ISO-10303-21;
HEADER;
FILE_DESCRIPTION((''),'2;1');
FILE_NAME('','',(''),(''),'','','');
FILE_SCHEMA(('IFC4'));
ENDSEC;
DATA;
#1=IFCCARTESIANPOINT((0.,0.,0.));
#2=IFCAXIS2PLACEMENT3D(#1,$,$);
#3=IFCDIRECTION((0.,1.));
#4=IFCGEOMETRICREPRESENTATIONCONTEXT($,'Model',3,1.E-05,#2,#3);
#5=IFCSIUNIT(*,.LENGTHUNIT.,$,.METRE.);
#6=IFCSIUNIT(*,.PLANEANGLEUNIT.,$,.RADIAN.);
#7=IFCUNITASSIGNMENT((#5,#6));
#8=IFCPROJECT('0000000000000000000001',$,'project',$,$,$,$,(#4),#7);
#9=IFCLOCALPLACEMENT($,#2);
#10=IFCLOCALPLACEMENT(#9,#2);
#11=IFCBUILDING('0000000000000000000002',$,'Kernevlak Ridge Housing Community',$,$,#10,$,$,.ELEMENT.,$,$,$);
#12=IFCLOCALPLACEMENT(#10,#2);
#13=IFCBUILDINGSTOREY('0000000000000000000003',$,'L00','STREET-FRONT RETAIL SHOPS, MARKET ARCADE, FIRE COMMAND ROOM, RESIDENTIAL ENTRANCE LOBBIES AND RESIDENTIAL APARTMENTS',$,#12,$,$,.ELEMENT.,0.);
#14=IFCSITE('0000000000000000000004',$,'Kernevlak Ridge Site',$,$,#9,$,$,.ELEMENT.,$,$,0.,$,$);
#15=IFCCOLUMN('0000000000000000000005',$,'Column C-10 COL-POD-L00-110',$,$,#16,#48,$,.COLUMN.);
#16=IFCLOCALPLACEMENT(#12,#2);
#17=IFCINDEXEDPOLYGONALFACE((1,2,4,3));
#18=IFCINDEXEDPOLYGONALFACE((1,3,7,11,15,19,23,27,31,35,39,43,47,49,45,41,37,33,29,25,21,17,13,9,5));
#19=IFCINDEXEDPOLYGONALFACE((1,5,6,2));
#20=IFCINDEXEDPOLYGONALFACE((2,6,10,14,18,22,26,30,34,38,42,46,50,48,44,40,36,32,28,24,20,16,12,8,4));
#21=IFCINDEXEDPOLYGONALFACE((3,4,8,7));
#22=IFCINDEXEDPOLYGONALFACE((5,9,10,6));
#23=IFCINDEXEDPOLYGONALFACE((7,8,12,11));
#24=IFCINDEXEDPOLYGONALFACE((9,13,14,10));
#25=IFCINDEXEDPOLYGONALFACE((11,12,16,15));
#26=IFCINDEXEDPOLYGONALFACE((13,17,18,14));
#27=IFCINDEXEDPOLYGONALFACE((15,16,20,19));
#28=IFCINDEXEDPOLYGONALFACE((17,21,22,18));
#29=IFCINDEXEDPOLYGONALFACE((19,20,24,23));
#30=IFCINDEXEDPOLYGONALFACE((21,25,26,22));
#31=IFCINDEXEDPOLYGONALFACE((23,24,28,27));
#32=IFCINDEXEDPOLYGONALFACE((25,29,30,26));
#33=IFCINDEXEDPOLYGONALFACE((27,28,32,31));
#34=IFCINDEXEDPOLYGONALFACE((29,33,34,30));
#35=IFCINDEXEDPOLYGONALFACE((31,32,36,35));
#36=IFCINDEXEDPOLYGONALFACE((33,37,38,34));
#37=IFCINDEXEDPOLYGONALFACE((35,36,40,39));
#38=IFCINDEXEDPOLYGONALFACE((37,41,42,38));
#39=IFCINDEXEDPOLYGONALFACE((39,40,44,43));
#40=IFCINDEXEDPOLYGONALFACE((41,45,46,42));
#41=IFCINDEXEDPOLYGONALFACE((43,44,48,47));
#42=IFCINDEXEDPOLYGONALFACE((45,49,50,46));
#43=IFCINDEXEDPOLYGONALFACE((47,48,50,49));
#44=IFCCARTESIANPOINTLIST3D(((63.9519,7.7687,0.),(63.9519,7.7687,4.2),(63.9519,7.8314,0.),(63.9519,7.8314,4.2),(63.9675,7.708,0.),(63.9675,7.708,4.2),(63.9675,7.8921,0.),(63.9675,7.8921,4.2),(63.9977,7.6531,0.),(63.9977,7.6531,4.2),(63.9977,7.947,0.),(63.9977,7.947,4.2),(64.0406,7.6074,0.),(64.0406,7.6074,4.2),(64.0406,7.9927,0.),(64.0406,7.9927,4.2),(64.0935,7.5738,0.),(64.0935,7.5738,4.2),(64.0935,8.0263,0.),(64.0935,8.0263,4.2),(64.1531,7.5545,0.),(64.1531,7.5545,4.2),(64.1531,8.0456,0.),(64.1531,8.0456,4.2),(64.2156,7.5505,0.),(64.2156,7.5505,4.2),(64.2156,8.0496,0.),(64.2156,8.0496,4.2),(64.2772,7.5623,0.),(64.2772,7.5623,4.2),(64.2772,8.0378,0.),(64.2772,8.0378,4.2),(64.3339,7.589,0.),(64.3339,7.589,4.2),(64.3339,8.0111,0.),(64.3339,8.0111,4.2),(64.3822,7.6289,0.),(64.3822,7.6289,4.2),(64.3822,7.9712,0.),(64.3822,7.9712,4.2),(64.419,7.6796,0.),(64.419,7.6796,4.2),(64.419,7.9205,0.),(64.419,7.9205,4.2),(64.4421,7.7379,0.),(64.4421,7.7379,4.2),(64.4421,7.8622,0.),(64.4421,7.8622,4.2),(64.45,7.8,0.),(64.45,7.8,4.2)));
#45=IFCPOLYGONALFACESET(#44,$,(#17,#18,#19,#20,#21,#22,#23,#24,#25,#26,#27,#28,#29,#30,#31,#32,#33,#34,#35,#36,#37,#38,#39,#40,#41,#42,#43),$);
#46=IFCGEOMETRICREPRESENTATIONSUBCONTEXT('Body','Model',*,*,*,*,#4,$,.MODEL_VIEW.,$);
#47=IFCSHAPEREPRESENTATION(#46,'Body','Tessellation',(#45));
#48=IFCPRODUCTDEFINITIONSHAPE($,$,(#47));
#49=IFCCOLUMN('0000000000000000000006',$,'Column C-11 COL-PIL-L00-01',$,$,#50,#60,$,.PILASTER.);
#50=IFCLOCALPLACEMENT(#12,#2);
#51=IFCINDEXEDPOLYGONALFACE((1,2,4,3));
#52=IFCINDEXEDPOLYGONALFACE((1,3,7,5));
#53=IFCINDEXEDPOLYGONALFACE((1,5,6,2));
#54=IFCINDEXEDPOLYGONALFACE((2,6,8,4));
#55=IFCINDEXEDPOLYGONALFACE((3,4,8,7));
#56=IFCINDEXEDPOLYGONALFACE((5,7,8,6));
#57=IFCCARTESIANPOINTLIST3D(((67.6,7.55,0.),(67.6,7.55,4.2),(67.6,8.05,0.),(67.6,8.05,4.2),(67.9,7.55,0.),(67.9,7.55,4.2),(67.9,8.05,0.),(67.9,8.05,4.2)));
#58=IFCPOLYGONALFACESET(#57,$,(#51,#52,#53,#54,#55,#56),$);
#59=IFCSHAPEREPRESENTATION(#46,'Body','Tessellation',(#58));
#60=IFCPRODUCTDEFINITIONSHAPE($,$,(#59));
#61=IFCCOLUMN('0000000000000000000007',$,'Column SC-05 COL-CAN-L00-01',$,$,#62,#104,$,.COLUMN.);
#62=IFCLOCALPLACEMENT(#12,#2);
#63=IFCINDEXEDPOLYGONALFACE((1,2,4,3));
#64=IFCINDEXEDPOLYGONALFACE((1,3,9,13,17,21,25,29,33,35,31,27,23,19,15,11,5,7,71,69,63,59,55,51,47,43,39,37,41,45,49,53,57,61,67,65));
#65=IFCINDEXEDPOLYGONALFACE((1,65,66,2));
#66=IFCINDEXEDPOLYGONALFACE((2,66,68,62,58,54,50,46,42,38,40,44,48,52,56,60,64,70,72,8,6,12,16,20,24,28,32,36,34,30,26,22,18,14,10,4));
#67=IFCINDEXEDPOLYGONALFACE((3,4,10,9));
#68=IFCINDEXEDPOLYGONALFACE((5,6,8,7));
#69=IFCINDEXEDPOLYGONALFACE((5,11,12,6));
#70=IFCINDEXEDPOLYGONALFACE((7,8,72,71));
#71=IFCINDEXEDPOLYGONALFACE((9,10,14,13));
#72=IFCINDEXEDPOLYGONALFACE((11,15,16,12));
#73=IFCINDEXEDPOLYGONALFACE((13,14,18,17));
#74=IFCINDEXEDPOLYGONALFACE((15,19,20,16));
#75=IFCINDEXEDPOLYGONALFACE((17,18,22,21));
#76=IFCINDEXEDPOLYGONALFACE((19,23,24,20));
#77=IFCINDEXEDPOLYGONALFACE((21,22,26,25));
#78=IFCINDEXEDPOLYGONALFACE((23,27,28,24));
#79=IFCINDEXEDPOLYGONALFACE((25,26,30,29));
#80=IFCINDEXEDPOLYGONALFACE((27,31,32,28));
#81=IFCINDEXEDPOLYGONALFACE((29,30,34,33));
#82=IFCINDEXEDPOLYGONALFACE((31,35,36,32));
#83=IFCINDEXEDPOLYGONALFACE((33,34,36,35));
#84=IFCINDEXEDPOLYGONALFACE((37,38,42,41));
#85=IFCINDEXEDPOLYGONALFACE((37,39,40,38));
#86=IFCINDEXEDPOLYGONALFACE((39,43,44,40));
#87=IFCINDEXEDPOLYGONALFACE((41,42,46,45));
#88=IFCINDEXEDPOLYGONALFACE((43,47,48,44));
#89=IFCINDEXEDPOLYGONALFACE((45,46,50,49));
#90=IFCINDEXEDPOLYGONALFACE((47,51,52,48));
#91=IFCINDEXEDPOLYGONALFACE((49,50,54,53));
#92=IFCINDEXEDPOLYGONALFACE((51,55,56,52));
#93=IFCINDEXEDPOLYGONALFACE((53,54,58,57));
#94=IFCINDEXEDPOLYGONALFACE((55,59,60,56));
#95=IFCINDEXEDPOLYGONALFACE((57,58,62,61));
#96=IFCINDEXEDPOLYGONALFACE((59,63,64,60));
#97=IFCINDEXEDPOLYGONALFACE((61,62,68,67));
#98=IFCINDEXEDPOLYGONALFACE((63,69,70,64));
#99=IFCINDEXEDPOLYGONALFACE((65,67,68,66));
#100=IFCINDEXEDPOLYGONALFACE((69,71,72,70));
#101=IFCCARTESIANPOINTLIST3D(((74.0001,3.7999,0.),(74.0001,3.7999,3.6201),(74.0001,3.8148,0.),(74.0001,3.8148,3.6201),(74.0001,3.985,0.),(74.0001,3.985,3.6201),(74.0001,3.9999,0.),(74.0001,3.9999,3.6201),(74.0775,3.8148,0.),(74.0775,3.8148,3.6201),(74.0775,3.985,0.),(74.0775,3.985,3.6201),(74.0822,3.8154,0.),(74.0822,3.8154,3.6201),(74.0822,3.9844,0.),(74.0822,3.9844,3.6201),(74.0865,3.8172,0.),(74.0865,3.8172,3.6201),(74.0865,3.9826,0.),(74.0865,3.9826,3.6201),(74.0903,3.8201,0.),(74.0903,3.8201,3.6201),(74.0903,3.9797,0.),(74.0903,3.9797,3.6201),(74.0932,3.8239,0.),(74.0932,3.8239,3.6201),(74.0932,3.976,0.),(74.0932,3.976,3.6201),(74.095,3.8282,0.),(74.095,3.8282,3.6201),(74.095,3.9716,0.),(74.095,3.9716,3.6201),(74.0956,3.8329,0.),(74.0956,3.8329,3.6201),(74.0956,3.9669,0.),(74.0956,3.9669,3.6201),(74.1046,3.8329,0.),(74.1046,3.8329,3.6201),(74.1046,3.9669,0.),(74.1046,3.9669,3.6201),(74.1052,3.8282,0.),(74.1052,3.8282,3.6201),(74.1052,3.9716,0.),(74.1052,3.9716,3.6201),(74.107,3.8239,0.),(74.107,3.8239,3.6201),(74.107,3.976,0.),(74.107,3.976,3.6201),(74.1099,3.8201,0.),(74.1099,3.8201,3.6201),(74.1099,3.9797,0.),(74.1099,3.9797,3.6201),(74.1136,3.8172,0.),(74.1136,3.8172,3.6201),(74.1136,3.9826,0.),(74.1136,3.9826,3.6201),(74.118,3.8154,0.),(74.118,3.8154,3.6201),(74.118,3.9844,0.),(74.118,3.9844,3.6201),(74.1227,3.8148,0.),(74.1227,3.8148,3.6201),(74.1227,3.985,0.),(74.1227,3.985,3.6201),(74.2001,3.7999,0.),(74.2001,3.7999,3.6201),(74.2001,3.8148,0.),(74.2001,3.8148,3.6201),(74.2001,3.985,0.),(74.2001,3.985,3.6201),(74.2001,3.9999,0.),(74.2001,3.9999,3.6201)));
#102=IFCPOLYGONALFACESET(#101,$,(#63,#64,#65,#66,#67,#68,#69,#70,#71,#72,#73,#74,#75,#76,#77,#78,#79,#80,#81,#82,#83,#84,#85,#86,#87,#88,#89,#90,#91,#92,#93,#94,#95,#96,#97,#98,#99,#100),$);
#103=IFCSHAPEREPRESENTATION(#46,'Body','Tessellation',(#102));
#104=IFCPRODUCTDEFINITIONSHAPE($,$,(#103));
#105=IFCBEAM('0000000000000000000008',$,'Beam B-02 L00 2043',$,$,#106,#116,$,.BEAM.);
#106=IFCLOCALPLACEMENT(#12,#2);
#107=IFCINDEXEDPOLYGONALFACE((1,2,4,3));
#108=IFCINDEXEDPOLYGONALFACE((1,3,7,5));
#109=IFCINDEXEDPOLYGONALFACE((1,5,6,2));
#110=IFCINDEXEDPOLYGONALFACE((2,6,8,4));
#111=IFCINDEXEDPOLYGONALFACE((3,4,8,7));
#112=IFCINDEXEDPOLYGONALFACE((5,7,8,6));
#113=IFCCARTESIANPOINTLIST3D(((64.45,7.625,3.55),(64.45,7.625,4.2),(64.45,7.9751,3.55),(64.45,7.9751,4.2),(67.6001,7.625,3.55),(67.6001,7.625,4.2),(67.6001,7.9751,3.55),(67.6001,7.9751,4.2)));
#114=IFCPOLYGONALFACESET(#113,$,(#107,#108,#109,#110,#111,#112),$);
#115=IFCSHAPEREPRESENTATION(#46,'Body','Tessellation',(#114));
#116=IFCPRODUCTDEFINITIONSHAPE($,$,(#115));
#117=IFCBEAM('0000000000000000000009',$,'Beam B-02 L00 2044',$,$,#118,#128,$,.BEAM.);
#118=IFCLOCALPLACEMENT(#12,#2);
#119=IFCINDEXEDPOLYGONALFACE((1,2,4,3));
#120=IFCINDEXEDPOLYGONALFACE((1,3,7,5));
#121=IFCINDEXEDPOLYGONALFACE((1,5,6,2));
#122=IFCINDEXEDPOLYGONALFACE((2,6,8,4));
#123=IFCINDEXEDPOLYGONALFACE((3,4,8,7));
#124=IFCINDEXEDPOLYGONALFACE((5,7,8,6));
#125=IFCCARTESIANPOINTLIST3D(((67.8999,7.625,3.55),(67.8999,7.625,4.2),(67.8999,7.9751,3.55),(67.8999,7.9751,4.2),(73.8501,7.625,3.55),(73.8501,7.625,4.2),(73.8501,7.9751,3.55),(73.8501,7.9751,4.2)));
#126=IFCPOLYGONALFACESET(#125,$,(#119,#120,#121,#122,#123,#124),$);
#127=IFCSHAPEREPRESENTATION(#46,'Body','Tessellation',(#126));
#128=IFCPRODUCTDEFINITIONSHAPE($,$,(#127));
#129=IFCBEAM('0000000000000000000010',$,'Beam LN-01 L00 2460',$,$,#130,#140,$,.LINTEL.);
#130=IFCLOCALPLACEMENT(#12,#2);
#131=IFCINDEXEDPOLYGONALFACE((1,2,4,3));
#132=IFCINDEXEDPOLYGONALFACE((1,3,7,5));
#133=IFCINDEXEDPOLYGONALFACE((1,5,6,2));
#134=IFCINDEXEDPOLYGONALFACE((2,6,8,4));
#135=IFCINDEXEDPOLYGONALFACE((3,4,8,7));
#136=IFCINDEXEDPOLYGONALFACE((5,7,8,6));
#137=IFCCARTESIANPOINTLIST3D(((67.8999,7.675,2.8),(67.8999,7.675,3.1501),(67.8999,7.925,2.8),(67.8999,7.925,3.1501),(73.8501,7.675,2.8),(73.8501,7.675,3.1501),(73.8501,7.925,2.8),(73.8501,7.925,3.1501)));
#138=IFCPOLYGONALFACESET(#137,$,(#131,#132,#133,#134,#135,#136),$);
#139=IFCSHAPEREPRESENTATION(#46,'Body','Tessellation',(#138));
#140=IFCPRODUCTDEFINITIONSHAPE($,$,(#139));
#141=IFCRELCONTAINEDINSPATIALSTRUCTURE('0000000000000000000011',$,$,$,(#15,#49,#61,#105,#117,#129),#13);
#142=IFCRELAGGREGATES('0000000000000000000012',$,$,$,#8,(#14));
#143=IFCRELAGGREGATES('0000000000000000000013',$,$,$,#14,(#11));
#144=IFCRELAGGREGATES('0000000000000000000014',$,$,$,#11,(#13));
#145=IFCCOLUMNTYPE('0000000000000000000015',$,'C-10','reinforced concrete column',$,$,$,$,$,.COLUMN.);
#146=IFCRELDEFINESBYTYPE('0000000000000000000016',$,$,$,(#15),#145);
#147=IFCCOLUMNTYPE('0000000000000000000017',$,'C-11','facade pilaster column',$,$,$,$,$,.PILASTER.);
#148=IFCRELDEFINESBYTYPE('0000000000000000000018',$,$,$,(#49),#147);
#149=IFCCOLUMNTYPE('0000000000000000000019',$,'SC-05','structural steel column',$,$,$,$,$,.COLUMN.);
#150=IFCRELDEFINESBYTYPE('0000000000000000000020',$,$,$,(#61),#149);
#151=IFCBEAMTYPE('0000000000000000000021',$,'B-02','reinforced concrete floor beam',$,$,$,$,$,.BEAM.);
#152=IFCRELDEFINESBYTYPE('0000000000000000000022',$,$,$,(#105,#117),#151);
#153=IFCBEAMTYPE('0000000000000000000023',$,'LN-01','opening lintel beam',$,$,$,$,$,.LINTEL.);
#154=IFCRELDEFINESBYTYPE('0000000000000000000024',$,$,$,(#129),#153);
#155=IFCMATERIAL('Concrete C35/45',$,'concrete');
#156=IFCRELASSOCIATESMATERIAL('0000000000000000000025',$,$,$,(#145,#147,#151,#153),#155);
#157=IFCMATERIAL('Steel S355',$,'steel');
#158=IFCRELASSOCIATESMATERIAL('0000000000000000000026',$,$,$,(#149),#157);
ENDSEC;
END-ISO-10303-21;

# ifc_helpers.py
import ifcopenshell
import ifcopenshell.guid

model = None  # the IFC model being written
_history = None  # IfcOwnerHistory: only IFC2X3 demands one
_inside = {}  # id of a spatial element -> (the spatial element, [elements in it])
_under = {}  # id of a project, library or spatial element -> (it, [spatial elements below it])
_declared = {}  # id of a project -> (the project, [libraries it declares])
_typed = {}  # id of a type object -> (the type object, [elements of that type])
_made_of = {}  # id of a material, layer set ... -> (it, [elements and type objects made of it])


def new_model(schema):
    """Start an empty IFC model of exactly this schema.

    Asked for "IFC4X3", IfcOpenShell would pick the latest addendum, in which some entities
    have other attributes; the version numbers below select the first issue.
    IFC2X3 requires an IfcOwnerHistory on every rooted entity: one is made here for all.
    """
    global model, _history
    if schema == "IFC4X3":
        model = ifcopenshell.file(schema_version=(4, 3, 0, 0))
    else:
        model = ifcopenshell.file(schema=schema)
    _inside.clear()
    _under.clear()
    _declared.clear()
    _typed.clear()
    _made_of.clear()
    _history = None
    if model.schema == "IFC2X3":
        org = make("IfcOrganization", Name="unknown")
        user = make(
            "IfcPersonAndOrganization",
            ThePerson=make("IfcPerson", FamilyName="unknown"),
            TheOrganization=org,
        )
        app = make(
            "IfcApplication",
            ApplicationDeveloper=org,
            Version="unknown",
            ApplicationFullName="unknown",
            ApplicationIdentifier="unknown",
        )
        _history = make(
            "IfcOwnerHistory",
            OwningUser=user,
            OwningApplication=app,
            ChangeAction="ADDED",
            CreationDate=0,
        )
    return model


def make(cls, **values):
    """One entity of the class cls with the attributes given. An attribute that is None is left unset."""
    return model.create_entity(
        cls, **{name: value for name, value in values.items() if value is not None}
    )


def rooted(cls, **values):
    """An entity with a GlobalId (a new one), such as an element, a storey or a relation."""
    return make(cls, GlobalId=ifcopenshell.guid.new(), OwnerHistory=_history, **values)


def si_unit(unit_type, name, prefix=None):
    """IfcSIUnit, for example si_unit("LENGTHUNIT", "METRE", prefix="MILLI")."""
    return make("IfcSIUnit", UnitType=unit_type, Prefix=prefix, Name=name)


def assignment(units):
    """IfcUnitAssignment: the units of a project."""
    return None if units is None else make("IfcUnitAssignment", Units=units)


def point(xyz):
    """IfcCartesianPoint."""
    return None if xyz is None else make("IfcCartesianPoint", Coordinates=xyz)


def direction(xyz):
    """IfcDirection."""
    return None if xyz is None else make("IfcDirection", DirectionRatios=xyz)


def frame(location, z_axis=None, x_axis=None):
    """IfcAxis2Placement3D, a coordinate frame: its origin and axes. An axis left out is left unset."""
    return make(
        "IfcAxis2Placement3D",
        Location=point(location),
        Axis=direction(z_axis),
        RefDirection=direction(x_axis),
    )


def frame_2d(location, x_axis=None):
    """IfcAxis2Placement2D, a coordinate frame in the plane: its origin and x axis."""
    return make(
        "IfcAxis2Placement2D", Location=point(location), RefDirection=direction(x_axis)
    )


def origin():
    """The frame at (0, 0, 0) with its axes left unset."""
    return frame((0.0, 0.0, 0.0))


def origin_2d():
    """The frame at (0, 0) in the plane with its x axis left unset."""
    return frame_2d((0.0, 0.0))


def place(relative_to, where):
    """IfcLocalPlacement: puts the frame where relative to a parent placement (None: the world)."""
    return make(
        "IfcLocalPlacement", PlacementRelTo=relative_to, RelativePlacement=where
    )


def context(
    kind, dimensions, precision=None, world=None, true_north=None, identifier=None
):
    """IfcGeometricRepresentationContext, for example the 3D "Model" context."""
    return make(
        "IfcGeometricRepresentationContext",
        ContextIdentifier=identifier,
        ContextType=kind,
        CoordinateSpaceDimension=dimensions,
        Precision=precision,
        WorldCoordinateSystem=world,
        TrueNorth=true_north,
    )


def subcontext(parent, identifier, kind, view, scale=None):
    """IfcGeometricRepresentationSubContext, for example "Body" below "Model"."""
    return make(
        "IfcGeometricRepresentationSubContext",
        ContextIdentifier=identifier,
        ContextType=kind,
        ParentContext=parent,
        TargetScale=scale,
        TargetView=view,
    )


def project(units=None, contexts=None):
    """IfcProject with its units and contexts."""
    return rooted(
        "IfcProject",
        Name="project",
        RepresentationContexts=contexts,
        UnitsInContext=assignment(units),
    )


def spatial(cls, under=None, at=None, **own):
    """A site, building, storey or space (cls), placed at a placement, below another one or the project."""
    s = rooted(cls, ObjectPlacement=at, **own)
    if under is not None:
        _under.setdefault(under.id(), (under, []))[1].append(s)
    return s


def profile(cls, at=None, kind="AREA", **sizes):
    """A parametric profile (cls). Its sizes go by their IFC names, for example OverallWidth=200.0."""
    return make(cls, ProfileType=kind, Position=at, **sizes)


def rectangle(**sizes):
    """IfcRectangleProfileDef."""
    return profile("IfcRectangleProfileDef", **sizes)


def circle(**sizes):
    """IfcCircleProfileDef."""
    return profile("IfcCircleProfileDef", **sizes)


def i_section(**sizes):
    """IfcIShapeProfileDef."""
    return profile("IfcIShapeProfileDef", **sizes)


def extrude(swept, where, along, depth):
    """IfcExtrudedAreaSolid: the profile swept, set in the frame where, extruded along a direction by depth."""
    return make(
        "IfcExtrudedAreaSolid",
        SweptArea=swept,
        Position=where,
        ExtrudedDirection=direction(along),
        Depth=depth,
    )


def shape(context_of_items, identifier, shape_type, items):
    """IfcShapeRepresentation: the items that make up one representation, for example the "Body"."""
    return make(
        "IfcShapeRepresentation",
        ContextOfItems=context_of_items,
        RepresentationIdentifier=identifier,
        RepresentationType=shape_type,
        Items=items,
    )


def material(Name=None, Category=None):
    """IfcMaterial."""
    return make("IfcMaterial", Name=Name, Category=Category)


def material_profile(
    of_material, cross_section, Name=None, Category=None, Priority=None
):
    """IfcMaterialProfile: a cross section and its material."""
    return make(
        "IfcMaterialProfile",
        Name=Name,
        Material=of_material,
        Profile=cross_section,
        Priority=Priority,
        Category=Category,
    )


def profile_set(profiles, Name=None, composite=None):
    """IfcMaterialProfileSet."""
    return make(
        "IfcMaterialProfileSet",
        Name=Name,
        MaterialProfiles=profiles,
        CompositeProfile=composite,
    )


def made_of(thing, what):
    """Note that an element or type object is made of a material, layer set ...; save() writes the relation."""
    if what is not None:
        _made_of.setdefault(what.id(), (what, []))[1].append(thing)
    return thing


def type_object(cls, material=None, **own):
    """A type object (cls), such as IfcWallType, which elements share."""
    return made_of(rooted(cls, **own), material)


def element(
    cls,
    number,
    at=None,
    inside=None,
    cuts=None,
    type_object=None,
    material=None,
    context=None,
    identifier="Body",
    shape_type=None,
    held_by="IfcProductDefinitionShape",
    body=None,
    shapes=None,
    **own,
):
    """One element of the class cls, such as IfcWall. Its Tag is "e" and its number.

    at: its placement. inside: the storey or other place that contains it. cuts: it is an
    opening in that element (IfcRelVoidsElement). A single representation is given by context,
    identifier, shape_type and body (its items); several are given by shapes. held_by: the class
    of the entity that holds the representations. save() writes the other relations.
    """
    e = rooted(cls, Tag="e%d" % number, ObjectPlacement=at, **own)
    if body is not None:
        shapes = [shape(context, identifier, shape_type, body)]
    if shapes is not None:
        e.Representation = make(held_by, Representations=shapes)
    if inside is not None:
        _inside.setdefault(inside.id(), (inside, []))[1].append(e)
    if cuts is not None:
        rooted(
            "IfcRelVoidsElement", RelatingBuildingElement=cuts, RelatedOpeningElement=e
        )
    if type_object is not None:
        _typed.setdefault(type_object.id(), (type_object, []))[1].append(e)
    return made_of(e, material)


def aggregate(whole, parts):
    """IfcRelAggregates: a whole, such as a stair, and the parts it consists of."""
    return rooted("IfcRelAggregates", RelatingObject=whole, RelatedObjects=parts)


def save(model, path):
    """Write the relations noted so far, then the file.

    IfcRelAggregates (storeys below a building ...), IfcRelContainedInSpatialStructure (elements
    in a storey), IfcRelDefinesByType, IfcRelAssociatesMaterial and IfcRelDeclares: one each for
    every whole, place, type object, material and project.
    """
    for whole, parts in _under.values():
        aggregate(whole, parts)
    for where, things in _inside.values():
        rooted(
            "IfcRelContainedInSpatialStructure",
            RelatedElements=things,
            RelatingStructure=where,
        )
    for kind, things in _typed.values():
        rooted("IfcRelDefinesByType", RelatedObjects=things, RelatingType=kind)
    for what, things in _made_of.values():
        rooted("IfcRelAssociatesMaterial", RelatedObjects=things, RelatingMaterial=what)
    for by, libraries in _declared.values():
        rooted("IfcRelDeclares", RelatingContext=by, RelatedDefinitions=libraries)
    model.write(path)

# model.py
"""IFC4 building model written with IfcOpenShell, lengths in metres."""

from ifc_helpers import new_model, si_unit, direction, frame, origin, origin_2d, place, context, subcontext, project, spatial, rectangle, circle, i_section, extrude, material, material_profile, profile_set, type_object, element, save


model = new_model("IFC4")

# Units and contexts
model_context = context("Model", 3, precision=1e-05, world=origin(), true_north=direction((0.0, 1.0)))
body_context = subcontext(model_context, "Body", "Model", "MODEL_VIEW")
ifc_project = project(units=[si_unit("LENGTHUNIT", "METRE"), si_unit("PLANEANGLEUNIT", "RADIAN")], contexts=[model_context])

# Site, building, storey
site_placement = place(None, origin())
site = spatial("IfcSite", under=ifc_project, at=site_placement, Name="Kernevlak Ridge Site", CompositionType="ELEMENT", RefElevation=0.0)
building_placement = place(site_placement, origin())
building = spatial("IfcBuilding", under=site, at=building_placement, Name="Kernevlak Ridge Housing Community", CompositionType="ELEMENT")
storey_placement = place(building_placement, origin())
storey = spatial("IfcBuildingStorey", under=building, at=storey_placement, Name="L00", Description="STREET-FRONT RETAIL SHOPS, MARKET ARCADE, FIRE COMMAND ROOM, RESIDENTIAL ENTRANCE LOBBIES AND RESIDENTIAL APARTMENTS", CompositionType="ELEMENT", Elevation=0.0)

# Columns
ifc_material_1 = material(Name="Concrete C35/45", Category="concrete")
ifc_material_profile_1 = material_profile(ifc_material_1, circle(Radius=0.25, at=origin_2d()), Name="RC D500")
ifc_profile_set_1 = profile_set([ifc_material_profile_1], Name="Concrete C35/45")
column_type_1 = type_object("IfcColumnType", Name="C-10", Description="reinforced concrete column", PredefinedType="COLUMN", material=ifc_profile_set_1)
column_1_placement = place(storey_placement, frame((64.2, 7.8, 0.0), z_axis=(0.0, 0.0, 1.0), x_axis=(1.0, 0.0, 0.0)))
element("IfcColumn", 1, at=column_1_placement, inside=storey, type_object=column_type_1, Name="Column C-10 COL-POD-L00-110", PredefinedType="COLUMN", context=body_context, shape_type="SweptSolid", body=[
    extrude(circle(Radius=0.25, at=origin_2d()), origin(), (0.0, 0.0, 1.0), 4.2),
])
ifc_material_profile_2 = material_profile(ifc_material_1, rectangle(XDim=0.3, YDim=0.5, at=origin_2d()), Name="RC 300x500")
ifc_profile_set_2 = profile_set([ifc_material_profile_2], Name="Concrete C35/45")
column_type_2 = type_object("IfcColumnType", Name="C-11", Description="facade pilaster column", PredefinedType="PILASTER", material=ifc_profile_set_2)
column_2_placement = place(storey_placement, frame((67.75, 7.8, 0.0), z_axis=(0.0, 0.0, 1.0), x_axis=(1.0, 0.0, 0.0)))
element("IfcColumn", 2, at=column_2_placement, inside=storey, type_object=column_type_2, Name="Column C-11 COL-PIL-L00-01", PredefinedType="PILASTER", context=body_context, shape_type="SweptSolid", body=[
    extrude(rectangle(XDim=0.3, YDim=0.5, at=origin_2d()), origin(), (0.0, 0.0, 1.0), 4.2),
])
ifc_material_2 = material(Name="Steel S355", Category="steel")
ifc_material_profile_3 = material_profile(ifc_material_2, i_section(OverallWidth=0.2, OverallDepth=0.2, WebThickness=0.009, FlangeThickness=0.0149, FilletRadius=0.0181, at=origin_2d()), Name="HEB 200")
ifc_profile_set_3 = profile_set([ifc_material_profile_3], Name="Steel S355")
column_type_3 = type_object("IfcColumnType", Name="SC-05", Description="structural steel column", PredefinedType="COLUMN", material=ifc_profile_set_3)
column_3_placement = place(storey_placement, frame((74.1001, 3.8999, 0.0), z_axis=(0.0, 0.0, 1.0), x_axis=(1.0, 0.0, 0.0)))
element("IfcColumn", 3, at=column_3_placement, inside=storey, type_object=column_type_3, Name="Column SC-05 COL-CAN-L00-01", PredefinedType="COLUMN", context=body_context, shape_type="SweptSolid", body=[
    extrude(i_section(OverallWidth=0.2, OverallDepth=0.2, WebThickness=0.009, FlangeThickness=0.0149, FilletRadius=0.0181, at=origin_2d()), origin(), (0.0, 0.0, 1.0), 3.6201),
])

# Beams
ifc_material_profile_4 = material_profile(ifc_material_1, rectangle(XDim=0.3501, YDim=0.6499, at=origin_2d()), Name="RC 350x650")
ifc_profile_set_4 = profile_set([ifc_material_profile_4], Name="Concrete C35/45")
beam_type_1 = type_object("IfcBeamType", Name="B-02", Description="reinforced concrete floor beam", PredefinedType="BEAM", material=ifc_profile_set_4)
beam_1_placement = place(storey_placement, frame((64.45, 7.8, 3.875), z_axis=(1.0, 0.0, 0.0), x_axis=(0.0, 1.0, 0.0)))
element("IfcBeam", 4, at=beam_1_placement, inside=storey, type_object=beam_type_1, Name="Beam B-02 L00 2043", PredefinedType="BEAM", context=body_context, shape_type="SweptSolid", body=[
    extrude(rectangle(XDim=0.3501, YDim=0.6499, at=origin_2d()), origin(), (0.0, 0.0, 1.0), 3.1501),
])
beam_2_placement = place(storey_placement, frame((67.8999, 7.8, 3.875), z_axis=(1.0, 0.0, 0.0), x_axis=(0.0, 1.0, 0.0)))
element("IfcBeam", 5, at=beam_2_placement, inside=storey, type_object=beam_type_1, Name="Beam B-02 L00 2044", PredefinedType="BEAM", context=body_context, shape_type="SweptSolid", body=[
    extrude(rectangle(XDim=0.3501, YDim=0.6499, at=origin_2d()), origin(), (0.0, 0.0, 1.0), 5.9502),
])
ifc_material_profile_5 = material_profile(ifc_material_1, rectangle(XDim=0.25, YDim=0.3501, at=origin_2d()), Name="RC 250x350")
ifc_profile_set_5 = profile_set([ifc_material_profile_5], Name="Concrete C35/45")
beam_type_2 = type_object("IfcBeamType", Name="LN-01", Description="opening lintel beam", PredefinedType="LINTEL", material=ifc_profile_set_5)
beam_3_placement = place(storey_placement, frame((67.8999, 7.8, 2.9751), z_axis=(1.0, 0.0, 0.0), x_axis=(0.0, 1.0, 0.0)))
element("IfcBeam", 6, at=beam_3_placement, inside=storey, type_object=beam_type_2, Name="Beam LN-01 L00 2460", PredefinedType="LINTEL", context=body_context, shape_type="SweptSolid", body=[
    extrude(rectangle(XDim=0.25, YDim=0.3501, at=origin_2d()), origin(), (0.0, 0.0, 1.0), 5.9502),
])

save(model, "model.ifc")
